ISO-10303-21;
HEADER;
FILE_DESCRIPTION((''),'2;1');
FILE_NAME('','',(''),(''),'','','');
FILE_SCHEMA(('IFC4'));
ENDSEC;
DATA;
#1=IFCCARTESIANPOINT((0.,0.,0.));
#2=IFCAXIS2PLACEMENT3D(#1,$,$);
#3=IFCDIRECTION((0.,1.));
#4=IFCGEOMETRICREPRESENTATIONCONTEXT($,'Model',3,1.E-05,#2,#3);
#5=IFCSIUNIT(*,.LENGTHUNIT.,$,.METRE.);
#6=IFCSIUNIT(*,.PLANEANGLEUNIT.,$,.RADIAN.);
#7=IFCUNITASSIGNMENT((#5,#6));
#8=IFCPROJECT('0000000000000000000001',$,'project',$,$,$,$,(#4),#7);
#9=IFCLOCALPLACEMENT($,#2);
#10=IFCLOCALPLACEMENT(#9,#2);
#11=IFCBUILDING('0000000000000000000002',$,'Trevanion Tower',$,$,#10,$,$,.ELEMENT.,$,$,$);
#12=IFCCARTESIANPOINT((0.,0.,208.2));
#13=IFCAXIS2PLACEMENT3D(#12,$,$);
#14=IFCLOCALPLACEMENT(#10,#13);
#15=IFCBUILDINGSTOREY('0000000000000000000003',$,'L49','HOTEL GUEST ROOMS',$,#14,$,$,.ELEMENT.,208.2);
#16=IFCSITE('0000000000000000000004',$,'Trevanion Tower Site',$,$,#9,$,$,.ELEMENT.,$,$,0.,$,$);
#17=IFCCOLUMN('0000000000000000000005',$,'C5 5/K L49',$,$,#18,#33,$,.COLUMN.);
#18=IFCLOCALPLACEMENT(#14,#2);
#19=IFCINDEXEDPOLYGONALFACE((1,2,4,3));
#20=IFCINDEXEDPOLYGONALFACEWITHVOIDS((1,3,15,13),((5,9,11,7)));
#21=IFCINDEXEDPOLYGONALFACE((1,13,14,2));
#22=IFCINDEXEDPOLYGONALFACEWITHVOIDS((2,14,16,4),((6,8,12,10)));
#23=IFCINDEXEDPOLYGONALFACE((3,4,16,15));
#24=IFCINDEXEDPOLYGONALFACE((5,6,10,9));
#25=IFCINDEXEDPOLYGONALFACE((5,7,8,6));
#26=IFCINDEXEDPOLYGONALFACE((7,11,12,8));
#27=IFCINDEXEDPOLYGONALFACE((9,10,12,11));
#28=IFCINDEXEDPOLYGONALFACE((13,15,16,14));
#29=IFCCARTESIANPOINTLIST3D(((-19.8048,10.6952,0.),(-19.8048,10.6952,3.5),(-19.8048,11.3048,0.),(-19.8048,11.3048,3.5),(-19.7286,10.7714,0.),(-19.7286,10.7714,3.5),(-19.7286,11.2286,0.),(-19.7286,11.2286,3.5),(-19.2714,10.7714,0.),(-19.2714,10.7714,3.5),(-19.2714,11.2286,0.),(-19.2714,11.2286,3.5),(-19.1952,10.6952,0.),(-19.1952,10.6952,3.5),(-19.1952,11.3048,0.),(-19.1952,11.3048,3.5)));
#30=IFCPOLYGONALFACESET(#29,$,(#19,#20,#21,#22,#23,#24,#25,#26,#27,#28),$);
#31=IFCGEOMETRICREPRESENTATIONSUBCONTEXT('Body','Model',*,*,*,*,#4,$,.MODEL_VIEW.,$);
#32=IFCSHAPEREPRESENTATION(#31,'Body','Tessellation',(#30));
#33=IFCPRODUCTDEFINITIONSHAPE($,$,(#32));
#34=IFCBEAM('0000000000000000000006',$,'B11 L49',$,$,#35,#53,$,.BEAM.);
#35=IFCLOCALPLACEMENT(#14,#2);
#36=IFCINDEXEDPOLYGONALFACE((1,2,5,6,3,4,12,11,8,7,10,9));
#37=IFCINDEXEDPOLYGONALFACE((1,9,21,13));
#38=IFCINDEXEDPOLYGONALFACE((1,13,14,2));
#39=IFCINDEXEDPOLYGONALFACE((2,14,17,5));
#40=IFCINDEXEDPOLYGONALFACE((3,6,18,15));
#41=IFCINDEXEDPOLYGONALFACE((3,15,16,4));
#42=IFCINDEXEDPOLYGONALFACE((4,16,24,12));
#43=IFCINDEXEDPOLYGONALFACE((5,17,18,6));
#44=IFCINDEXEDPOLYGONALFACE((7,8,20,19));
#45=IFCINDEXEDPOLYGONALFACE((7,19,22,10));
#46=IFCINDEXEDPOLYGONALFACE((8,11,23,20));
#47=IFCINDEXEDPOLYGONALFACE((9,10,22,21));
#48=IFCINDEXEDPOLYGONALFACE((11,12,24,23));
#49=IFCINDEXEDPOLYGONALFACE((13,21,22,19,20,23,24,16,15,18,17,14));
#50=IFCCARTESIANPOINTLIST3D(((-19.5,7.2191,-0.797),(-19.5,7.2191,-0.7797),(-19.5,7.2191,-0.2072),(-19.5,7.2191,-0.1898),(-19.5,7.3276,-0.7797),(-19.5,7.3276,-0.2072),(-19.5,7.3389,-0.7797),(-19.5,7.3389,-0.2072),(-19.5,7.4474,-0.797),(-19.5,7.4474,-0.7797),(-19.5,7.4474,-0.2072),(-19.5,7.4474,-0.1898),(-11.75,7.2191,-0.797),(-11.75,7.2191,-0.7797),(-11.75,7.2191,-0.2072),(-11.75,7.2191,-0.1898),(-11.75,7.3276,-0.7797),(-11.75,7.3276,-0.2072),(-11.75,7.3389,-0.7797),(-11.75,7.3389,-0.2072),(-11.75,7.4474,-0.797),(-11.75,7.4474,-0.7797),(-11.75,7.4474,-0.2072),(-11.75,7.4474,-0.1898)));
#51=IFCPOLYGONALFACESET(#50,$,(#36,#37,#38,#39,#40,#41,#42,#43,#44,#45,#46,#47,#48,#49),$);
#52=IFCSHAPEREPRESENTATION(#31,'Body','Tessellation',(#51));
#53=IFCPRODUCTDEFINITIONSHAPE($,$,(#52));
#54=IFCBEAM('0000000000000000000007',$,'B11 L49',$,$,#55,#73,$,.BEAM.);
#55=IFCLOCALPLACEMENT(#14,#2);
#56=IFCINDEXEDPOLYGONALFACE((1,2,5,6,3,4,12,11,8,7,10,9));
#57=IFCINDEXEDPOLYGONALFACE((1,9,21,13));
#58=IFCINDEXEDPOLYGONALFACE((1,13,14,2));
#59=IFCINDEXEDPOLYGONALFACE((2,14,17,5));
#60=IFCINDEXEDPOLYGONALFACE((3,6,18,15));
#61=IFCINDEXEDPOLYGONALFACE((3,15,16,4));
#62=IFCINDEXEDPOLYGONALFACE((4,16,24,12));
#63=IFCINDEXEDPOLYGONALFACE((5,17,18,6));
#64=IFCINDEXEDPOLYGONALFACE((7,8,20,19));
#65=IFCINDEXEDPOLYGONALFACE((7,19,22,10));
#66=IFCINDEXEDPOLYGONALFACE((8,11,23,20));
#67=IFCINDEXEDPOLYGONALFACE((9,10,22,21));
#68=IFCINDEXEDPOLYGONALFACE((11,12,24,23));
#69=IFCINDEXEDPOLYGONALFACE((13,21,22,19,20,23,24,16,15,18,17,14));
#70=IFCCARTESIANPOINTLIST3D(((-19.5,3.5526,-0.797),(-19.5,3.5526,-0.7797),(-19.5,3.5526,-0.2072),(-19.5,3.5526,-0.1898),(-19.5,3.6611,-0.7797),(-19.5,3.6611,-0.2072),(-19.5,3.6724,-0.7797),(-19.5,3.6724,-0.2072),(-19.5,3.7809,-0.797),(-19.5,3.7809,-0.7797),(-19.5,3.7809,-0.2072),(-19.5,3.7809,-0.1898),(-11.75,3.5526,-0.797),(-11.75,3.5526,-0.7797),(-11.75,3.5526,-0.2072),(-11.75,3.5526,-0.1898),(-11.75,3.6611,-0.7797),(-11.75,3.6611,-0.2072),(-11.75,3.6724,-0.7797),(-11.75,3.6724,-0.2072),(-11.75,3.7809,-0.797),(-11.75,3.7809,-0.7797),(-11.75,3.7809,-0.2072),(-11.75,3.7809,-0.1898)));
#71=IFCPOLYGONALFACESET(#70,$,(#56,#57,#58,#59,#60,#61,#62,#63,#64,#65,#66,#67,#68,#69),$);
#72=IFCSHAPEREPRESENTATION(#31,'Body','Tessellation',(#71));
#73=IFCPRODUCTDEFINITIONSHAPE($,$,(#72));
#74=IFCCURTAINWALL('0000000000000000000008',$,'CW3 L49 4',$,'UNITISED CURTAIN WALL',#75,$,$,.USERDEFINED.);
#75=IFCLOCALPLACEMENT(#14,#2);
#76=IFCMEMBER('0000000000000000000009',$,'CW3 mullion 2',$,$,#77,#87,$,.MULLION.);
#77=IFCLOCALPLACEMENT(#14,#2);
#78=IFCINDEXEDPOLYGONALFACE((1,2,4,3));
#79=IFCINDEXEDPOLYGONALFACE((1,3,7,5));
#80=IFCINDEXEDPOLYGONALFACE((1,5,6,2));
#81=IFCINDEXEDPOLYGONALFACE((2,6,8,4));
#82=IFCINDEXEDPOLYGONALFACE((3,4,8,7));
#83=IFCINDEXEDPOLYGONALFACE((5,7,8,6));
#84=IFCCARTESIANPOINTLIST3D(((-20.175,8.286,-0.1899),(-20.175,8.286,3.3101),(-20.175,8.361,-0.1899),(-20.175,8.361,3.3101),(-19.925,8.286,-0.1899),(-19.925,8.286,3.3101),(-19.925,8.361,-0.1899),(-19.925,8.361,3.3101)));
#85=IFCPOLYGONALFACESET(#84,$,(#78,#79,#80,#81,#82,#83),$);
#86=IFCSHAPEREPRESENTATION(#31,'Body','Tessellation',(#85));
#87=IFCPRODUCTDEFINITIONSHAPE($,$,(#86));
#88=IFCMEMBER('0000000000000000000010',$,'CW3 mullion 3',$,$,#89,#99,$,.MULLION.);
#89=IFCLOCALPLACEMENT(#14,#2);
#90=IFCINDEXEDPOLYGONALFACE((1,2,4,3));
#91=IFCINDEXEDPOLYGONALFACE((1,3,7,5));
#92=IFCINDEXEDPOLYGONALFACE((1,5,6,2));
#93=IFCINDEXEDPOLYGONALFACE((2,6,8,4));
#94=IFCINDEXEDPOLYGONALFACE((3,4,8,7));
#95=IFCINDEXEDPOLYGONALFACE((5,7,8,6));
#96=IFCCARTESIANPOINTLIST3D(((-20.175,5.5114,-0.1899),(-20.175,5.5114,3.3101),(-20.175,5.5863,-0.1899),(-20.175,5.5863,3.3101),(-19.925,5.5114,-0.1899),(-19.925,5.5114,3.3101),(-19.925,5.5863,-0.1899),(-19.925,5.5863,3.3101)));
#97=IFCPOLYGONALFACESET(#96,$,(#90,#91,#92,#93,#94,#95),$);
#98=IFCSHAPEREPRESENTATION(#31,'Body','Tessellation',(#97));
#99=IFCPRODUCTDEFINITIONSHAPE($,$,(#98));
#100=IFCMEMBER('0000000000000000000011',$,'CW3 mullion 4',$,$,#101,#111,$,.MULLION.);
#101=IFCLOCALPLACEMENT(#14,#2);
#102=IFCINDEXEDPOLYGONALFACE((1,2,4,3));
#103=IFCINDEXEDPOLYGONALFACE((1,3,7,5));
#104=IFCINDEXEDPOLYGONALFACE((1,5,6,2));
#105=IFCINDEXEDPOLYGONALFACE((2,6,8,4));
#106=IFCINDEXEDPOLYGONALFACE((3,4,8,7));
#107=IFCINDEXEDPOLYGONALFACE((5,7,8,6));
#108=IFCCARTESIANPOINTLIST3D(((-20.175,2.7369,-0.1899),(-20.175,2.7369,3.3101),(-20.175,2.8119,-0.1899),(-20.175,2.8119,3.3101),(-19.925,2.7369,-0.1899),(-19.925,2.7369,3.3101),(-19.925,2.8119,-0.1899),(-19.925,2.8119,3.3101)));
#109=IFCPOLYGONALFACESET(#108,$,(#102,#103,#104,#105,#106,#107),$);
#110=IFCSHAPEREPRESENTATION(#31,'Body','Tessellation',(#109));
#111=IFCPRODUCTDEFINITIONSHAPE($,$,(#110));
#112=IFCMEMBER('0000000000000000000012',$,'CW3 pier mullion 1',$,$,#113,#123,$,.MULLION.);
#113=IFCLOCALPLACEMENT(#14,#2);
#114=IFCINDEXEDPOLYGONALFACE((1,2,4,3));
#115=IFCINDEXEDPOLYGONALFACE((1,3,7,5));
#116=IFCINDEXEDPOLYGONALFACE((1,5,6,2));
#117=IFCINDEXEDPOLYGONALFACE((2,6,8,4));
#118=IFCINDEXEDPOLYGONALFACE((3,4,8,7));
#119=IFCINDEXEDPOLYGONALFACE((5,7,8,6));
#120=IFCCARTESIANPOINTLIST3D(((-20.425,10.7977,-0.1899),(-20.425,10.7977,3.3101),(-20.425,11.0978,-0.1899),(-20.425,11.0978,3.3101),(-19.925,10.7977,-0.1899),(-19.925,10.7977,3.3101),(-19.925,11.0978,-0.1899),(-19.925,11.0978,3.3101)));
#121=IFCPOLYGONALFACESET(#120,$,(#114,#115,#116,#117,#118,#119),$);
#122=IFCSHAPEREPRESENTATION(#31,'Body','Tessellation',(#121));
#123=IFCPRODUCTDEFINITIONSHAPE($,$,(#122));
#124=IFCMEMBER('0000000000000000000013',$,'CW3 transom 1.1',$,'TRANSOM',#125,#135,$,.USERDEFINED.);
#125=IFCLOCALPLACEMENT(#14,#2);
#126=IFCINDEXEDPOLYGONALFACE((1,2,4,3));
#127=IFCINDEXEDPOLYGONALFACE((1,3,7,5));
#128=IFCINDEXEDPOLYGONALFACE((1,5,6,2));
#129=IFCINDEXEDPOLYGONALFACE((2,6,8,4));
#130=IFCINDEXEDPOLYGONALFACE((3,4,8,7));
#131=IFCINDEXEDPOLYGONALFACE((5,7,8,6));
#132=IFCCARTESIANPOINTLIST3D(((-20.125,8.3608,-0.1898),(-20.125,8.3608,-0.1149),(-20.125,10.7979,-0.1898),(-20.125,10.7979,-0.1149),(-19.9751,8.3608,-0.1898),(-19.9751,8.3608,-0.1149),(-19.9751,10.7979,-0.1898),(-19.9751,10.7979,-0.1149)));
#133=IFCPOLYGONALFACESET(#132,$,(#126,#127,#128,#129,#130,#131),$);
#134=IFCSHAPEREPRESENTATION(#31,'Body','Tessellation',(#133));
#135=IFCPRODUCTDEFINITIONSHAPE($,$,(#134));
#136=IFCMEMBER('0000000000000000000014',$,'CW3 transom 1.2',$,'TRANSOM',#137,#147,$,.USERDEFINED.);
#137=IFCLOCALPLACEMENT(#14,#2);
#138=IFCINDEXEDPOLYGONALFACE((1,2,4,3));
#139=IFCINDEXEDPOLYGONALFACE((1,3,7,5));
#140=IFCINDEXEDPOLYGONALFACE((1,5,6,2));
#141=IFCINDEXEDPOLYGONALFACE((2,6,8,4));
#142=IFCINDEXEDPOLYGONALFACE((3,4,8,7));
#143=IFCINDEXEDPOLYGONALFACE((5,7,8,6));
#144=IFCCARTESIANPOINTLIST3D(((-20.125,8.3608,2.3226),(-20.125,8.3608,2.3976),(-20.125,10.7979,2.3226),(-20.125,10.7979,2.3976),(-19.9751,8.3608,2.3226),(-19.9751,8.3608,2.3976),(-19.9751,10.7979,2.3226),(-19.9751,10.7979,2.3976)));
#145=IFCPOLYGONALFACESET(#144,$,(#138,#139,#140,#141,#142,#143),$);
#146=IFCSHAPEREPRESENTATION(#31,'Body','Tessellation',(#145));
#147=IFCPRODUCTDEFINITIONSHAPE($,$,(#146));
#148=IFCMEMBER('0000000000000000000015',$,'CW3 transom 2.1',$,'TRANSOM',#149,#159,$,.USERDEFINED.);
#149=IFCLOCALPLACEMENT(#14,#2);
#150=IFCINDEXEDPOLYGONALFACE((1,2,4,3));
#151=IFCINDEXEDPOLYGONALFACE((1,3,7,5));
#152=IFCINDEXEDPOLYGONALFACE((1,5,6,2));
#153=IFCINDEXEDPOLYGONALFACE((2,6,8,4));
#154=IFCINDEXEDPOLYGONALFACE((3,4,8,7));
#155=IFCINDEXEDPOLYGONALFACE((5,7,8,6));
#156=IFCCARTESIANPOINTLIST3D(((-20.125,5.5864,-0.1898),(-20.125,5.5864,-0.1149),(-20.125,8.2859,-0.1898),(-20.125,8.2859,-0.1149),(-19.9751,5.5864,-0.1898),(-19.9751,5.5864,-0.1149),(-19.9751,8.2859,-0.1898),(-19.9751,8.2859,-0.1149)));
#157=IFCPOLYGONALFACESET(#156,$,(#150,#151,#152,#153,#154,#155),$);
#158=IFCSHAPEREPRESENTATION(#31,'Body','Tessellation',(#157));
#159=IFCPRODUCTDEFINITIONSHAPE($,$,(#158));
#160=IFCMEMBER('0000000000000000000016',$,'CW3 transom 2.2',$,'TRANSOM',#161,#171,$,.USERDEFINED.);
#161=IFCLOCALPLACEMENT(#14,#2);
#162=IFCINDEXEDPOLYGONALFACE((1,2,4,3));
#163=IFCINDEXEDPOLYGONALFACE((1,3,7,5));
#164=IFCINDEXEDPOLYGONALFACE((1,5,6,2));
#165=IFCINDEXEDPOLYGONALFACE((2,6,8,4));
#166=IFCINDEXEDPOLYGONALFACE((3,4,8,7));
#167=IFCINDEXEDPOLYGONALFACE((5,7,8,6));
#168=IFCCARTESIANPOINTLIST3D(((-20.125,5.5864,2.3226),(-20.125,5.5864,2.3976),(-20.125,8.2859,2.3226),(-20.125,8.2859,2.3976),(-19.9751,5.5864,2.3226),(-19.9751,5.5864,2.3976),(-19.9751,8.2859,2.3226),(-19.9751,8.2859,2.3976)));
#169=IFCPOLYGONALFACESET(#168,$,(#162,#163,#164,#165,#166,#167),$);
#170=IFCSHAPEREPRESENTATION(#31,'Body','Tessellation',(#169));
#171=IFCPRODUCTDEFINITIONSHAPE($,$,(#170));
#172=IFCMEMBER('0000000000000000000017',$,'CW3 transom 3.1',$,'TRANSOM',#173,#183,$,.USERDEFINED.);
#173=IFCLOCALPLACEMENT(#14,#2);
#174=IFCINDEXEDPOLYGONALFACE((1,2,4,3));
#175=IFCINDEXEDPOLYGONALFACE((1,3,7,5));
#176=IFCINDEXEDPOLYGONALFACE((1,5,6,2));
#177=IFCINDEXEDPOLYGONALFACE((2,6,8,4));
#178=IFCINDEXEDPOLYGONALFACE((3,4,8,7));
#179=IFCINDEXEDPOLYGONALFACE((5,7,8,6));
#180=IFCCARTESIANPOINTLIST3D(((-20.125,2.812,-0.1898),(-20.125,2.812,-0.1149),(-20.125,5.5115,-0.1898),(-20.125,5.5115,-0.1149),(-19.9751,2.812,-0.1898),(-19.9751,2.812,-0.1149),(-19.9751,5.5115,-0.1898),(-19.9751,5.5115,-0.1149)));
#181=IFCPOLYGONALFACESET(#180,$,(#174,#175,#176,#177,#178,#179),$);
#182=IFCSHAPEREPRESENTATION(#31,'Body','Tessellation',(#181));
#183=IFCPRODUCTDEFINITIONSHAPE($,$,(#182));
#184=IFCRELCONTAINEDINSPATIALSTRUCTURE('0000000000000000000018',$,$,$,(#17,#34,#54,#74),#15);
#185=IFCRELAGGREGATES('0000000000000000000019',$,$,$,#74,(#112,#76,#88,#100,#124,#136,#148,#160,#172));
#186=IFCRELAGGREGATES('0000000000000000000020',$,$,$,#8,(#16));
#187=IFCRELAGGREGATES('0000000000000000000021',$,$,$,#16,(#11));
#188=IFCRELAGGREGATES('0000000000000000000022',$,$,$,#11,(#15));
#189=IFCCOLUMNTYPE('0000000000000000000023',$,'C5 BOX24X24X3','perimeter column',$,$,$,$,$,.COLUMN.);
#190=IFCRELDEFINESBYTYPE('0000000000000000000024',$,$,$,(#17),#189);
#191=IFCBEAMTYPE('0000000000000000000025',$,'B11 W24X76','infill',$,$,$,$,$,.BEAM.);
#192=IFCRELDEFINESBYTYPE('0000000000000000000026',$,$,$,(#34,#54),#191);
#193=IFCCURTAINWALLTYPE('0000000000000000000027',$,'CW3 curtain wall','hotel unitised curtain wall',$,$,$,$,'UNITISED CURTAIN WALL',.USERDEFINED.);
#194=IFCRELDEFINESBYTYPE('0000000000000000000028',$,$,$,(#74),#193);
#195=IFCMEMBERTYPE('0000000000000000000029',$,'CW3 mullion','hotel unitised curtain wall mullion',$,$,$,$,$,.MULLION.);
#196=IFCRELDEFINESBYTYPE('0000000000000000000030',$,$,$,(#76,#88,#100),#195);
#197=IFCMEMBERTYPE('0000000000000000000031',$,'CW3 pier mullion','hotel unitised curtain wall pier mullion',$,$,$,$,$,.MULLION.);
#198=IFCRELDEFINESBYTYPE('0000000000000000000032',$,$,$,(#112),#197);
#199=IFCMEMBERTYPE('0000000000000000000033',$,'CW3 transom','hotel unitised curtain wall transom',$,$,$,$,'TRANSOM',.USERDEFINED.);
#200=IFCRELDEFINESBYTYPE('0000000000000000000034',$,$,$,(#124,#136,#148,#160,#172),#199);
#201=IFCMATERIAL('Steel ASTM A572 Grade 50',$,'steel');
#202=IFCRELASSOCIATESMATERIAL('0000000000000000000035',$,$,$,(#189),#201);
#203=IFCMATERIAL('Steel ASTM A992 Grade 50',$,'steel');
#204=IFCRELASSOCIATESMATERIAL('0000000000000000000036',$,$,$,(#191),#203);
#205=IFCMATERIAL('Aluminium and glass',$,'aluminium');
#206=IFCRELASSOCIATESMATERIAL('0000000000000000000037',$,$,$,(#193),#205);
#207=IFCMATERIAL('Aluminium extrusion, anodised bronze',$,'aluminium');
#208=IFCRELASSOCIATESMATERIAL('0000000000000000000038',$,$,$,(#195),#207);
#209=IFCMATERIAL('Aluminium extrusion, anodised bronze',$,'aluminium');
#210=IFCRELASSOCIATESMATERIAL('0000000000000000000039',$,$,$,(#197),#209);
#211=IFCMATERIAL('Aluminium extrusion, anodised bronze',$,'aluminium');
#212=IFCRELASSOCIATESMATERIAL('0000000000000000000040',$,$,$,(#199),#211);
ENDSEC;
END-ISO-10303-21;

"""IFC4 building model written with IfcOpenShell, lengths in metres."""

from ifc_helpers import new_model, si_unit, direction, frame, origin, origin_2d, place, context, subcontext, project, spatial, rectangle, hollow_rectangle, i_section, extrude, material, material_profile, profile_set, type_object, element, aggregate, save


model = new_model("IFC4")

# Units and contexts
model_context = context("Model", 3, precision=1e-05, world=origin(), true_north=direction((0.0, 1.0)))
body_context = subcontext(model_context, "Body", "Model", "MODEL_VIEW")
ifc_project = project(units=[si_unit("LENGTHUNIT", "METRE"), si_unit("PLANEANGLEUNIT", "RADIAN")], contexts=[model_context])

# Site, building, storey
site_placement = place(None, origin())
site = spatial("IfcSite", under=ifc_project, at=site_placement, Name="Trevanion Tower Site", CompositionType="ELEMENT", RefElevation=0.0)
building_placement = place(site_placement, origin())
building = spatial("IfcBuilding", under=site, at=building_placement, Name="Trevanion Tower", CompositionType="ELEMENT")
storey_placement = place(building_placement, frame((0.0, 0.0, 208.2)))
storey = spatial("IfcBuildingStorey", under=building, at=storey_placement, Name="L49", Description="HOTEL GUEST ROOMS", CompositionType="ELEMENT", Elevation=208.2)

# Column
ifc_material_1 = material(Name="Steel ASTM A572 Grade 50", Category="steel")
ifc_material_profile_1 = material_profile(ifc_material_1, hollow_rectangle(XDim=0.6096, YDim=0.6096, WallThickness=0.0762, at=origin_2d()), Name="BOX24X24X3")
ifc_profile_set_1 = profile_set([ifc_material_profile_1], Name="Steel ASTM A572 Grade 50")
column_type = type_object("IfcColumnType", Name="C5 BOX24X24X3", Description="perimeter column", PredefinedType="COLUMN", material=ifc_profile_set_1)
column_placement = place(storey_placement, frame((-19.5, 11.0, 0.0), z_axis=(0.0, 0.0, 1.0), x_axis=(0.0, 1.0, 0.0)))
element("IfcColumn", 1, at=column_placement, inside=storey, type_object=column_type, Name="C5 5/K L49", PredefinedType="COLUMN", context=body_context, shape_type="SweptSolid", body=[
    extrude(hollow_rectangle(XDim=0.6096, YDim=0.6096, WallThickness=0.0762, at=origin_2d()), origin(), (0.0, 0.0, 1.0), 3.5),
])

# Beams
ifc_material_2 = material(Name="Steel ASTM A992 Grade 50", Category="steel")
ifc_material_profile_2 = material_profile(ifc_material_2, i_section(OverallWidth=0.2283, OverallDepth=0.6072, WebThickness=0.0112, FlangeThickness=0.0173, at=origin_2d()), Name="W24X76")
ifc_profile_set_2 = profile_set([ifc_material_profile_2], Name="Steel ASTM A992 Grade 50")
beam_type_1 = type_object("IfcBeamType", Name="B11 W24X76", Description="infill", PredefinedType="BEAM", material=ifc_profile_set_2)
for number, where, z_axis, x_axis, name in (
    (2, (-11.75, 7.3333, -0.4934), (-1.0, 0.0, 0.0), (0.0, -1.0, 0.0), "B11 L49"),
    (3, (-11.75, 3.6667, -0.4934), (-1.0, 0.0, 0.0), (0.0, -1.0, 0.0), "B11 L49"),
):
    element("IfcBeam", number, at=place(storey_placement, frame(where, z_axis=z_axis, x_axis=x_axis)), inside=storey, type_object=beam_type_1, Name=name, PredefinedType="BEAM", context=body_context, shape_type="SweptSolid", body=[
        extrude(i_section(OverallWidth=0.2283, OverallDepth=0.6072, WebThickness=0.0112, FlangeThickness=0.0173, at=origin_2d()), origin(), (0.0, 0.0, 1.0), 7.75),
    ])

# Curtain wall, members
ifc_material_3 = material(Name="Aluminium and glass", Category="aluminium")
curtain_wall_type = type_object("IfcCurtainWallType", Name="CW3 curtain wall", Description="hotel unitised curtain wall", ElementType="UNITISED CURTAIN WALL", PredefinedType="USERDEFINED", material=ifc_material_3)
curtain_wall_placement = place(storey_placement, origin())
curtain_wall = element("IfcCurtainWall", 4, at=curtain_wall_placement, inside=storey, type_object=curtain_wall_type, Name="CW3 L49 4", ObjectType="UNITISED CURTAIN WALL", PredefinedType="USERDEFINED")
ifc_material_4 = material(Name="Aluminium extrusion, anodised bronze", Category="aluminium")
ifc_material_profile_3 = material_profile(ifc_material_4, rectangle(XDim=0.075, YDim=0.25, at=origin_2d()), Name="CW3 mullion")
ifc_profile_set_3 = profile_set([ifc_material_profile_3], Name="Aluminium extrusion, anodised bronze")
member_type_1 = type_object("IfcMemberType", Name="CW3 mullion", Description="hotel unitised curtain wall mullion", PredefinedType="MULLION", material=ifc_profile_set_3)
member_1_placement = place(storey_placement, frame((-20.05, 8.3235, -0.1899), z_axis=(0.0, 0.0, 1.0), x_axis=(0.0, -1.0, 0.0)))
member_1 = element("IfcMember", 5, at=member_1_placement, type_object=member_type_1, Name="CW3 mullion 2", PredefinedType="MULLION", context=body_context, shape_type="SweptSolid", body=[
    extrude(rectangle(XDim=0.075, YDim=0.25, at=origin_2d()), origin(), (0.0, 0.0, 1.0), 3.5),
])
member_2_placement = place(storey_placement, frame((-20.05, 5.5488, -0.1899), z_axis=(0.0, 0.0, 1.0), x_axis=(0.0, -1.0, 0.0)))
member_2 = element("IfcMember", 6, at=member_2_placement, type_object=member_type_1, Name="CW3 mullion 3", PredefinedType="MULLION", context=body_context, shape_type="SweptSolid", body=[
    extrude(rectangle(XDim=0.075, YDim=0.25, at=origin_2d()), origin(), (0.0, 0.0, 1.0), 3.5),
])
member_3_placement = place(storey_placement, frame((-20.05, 2.7744, -0.1899), z_axis=(0.0, 0.0, 1.0), x_axis=(0.0, -1.0, 0.0)))
member_3 = element("IfcMember", 7, at=member_3_placement, type_object=member_type_1, Name="CW3 mullion 4", PredefinedType="MULLION", context=body_context, shape_type="SweptSolid", body=[
    extrude(rectangle(XDim=0.075, YDim=0.25, at=origin_2d()), origin(), (0.0, 0.0, 1.0), 3.5),
])
ifc_material_5 = material(Name="Aluminium extrusion, anodised bronze", Category="aluminium")
ifc_material_profile_4 = material_profile(ifc_material_5, rectangle(XDim=0.3, YDim=0.5, at=origin_2d()), Name="CW3 pier mullion")
ifc_profile_set_4 = profile_set([ifc_material_profile_4], Name="Aluminium extrusion, anodised bronze")
member_type_2 = type_object("IfcMemberType", Name="CW3 pier mullion", Description="hotel unitised curtain wall pier mullion", PredefinedType="MULLION", material=ifc_profile_set_4)
member_4_placement = place(storey_placement, frame((-20.175, 10.9478, -0.1899), z_axis=(0.0, 0.0, 1.0), x_axis=(0.0, -1.0, 0.0)))
member_4 = element("IfcMember", 8, at=member_4_placement, type_object=member_type_2, Name="CW3 pier mullion 1", PredefinedType="MULLION", context=body_context, shape_type="SweptSolid", body=[
    extrude(rectangle(XDim=0.3, YDim=0.5, at=origin_2d()), origin(), (0.0, 0.0, 1.0), 3.5),
])
ifc_material_6 = material(Name="Aluminium extrusion, anodised bronze", Category="aluminium")
ifc_material_profile_5 = material_profile(ifc_material_6, rectangle(XDim=0.1499, YDim=0.075, at=origin_2d()), Name="CW3 transom")
ifc_profile_set_5 = profile_set([ifc_material_profile_5], Name="Aluminium extrusion, anodised bronze")
member_type_3 = type_object("IfcMemberType", Name="CW3 transom", Description="hotel unitised curtain wall transom", ElementType="TRANSOM", PredefinedType="USERDEFINED", material=ifc_profile_set_5)
member_5_placement = place(storey_placement, frame((-20.05, 10.7979, -0.1523), z_axis=(0.0, -1.0, 0.0), x_axis=(1.0, 0.0, 0.0)))
member_5 = element("IfcMember", 9, at=member_5_placement, type_object=member_type_3, Name="CW3 transom 1.1", ObjectType="TRANSOM", PredefinedType="USERDEFINED", context=body_context, shape_type="SweptSolid", body=[
    extrude(rectangle(XDim=0.1499, YDim=0.075, at=origin_2d()), origin(), (0.0, 0.0, 1.0), 2.437),
])
member_6_placement = place(storey_placement, frame((-20.05, 10.7979, 2.3601), z_axis=(0.0, -1.0, 0.0), x_axis=(1.0, 0.0, 0.0)))
member_6 = element("IfcMember", 10, at=member_6_placement, type_object=member_type_3, Name="CW3 transom 1.2", ObjectType="TRANSOM", PredefinedType="USERDEFINED", context=body_context, shape_type="SweptSolid", body=[
    extrude(rectangle(XDim=0.1499, YDim=0.075, at=origin_2d()), origin(), (0.0, 0.0, 1.0), 2.437),
])
member_7_placement = place(storey_placement, frame((-20.05, 8.2859, -0.1523), z_axis=(0.0, -1.0, 0.0), x_axis=(1.0, 0.0, 0.0)))
member_7 = element("IfcMember", 11, at=member_7_placement, type_object=member_type_3, Name="CW3 transom 2.1", ObjectType="TRANSOM", PredefinedType="USERDEFINED", context=body_context, shape_type="SweptSolid", body=[
    extrude(rectangle(XDim=0.1499, YDim=0.075, at=origin_2d()), origin(), (0.0, 0.0, 1.0), 2.6995),
])
member_8_placement = place(storey_placement, frame((-20.05, 8.2859, 2.3601), z_axis=(0.0, -1.0, 0.0), x_axis=(1.0, 0.0, 0.0)))
member_8 = element("IfcMember", 12, at=member_8_placement, type_object=member_type_3, Name="CW3 transom 2.2", ObjectType="TRANSOM", PredefinedType="USERDEFINED", context=body_context, shape_type="SweptSolid", body=[
    extrude(rectangle(XDim=0.1499, YDim=0.075, at=origin_2d()), origin(), (0.0, 0.0, 1.0), 2.6995),
])
member_9_placement = place(storey_placement, frame((-20.05, 5.5115, -0.1523), z_axis=(0.0, -1.0, 0.0), x_axis=(1.0, 0.0, 0.0)))
member_9 = element("IfcMember", 13, at=member_9_placement, type_object=member_type_3, Name="CW3 transom 3.1", ObjectType="TRANSOM", PredefinedType="USERDEFINED", context=body_context, shape_type="SweptSolid", body=[
    extrude(rectangle(XDim=0.1499, YDim=0.075, at=origin_2d()), origin(), (0.0, 0.0, 1.0), 2.6995),
])

aggregate(curtain_wall, [member_4, member_1, member_2, member_3, member_5, member_6, member_7, member_8, member_9])

save(model, "model.ifc")
